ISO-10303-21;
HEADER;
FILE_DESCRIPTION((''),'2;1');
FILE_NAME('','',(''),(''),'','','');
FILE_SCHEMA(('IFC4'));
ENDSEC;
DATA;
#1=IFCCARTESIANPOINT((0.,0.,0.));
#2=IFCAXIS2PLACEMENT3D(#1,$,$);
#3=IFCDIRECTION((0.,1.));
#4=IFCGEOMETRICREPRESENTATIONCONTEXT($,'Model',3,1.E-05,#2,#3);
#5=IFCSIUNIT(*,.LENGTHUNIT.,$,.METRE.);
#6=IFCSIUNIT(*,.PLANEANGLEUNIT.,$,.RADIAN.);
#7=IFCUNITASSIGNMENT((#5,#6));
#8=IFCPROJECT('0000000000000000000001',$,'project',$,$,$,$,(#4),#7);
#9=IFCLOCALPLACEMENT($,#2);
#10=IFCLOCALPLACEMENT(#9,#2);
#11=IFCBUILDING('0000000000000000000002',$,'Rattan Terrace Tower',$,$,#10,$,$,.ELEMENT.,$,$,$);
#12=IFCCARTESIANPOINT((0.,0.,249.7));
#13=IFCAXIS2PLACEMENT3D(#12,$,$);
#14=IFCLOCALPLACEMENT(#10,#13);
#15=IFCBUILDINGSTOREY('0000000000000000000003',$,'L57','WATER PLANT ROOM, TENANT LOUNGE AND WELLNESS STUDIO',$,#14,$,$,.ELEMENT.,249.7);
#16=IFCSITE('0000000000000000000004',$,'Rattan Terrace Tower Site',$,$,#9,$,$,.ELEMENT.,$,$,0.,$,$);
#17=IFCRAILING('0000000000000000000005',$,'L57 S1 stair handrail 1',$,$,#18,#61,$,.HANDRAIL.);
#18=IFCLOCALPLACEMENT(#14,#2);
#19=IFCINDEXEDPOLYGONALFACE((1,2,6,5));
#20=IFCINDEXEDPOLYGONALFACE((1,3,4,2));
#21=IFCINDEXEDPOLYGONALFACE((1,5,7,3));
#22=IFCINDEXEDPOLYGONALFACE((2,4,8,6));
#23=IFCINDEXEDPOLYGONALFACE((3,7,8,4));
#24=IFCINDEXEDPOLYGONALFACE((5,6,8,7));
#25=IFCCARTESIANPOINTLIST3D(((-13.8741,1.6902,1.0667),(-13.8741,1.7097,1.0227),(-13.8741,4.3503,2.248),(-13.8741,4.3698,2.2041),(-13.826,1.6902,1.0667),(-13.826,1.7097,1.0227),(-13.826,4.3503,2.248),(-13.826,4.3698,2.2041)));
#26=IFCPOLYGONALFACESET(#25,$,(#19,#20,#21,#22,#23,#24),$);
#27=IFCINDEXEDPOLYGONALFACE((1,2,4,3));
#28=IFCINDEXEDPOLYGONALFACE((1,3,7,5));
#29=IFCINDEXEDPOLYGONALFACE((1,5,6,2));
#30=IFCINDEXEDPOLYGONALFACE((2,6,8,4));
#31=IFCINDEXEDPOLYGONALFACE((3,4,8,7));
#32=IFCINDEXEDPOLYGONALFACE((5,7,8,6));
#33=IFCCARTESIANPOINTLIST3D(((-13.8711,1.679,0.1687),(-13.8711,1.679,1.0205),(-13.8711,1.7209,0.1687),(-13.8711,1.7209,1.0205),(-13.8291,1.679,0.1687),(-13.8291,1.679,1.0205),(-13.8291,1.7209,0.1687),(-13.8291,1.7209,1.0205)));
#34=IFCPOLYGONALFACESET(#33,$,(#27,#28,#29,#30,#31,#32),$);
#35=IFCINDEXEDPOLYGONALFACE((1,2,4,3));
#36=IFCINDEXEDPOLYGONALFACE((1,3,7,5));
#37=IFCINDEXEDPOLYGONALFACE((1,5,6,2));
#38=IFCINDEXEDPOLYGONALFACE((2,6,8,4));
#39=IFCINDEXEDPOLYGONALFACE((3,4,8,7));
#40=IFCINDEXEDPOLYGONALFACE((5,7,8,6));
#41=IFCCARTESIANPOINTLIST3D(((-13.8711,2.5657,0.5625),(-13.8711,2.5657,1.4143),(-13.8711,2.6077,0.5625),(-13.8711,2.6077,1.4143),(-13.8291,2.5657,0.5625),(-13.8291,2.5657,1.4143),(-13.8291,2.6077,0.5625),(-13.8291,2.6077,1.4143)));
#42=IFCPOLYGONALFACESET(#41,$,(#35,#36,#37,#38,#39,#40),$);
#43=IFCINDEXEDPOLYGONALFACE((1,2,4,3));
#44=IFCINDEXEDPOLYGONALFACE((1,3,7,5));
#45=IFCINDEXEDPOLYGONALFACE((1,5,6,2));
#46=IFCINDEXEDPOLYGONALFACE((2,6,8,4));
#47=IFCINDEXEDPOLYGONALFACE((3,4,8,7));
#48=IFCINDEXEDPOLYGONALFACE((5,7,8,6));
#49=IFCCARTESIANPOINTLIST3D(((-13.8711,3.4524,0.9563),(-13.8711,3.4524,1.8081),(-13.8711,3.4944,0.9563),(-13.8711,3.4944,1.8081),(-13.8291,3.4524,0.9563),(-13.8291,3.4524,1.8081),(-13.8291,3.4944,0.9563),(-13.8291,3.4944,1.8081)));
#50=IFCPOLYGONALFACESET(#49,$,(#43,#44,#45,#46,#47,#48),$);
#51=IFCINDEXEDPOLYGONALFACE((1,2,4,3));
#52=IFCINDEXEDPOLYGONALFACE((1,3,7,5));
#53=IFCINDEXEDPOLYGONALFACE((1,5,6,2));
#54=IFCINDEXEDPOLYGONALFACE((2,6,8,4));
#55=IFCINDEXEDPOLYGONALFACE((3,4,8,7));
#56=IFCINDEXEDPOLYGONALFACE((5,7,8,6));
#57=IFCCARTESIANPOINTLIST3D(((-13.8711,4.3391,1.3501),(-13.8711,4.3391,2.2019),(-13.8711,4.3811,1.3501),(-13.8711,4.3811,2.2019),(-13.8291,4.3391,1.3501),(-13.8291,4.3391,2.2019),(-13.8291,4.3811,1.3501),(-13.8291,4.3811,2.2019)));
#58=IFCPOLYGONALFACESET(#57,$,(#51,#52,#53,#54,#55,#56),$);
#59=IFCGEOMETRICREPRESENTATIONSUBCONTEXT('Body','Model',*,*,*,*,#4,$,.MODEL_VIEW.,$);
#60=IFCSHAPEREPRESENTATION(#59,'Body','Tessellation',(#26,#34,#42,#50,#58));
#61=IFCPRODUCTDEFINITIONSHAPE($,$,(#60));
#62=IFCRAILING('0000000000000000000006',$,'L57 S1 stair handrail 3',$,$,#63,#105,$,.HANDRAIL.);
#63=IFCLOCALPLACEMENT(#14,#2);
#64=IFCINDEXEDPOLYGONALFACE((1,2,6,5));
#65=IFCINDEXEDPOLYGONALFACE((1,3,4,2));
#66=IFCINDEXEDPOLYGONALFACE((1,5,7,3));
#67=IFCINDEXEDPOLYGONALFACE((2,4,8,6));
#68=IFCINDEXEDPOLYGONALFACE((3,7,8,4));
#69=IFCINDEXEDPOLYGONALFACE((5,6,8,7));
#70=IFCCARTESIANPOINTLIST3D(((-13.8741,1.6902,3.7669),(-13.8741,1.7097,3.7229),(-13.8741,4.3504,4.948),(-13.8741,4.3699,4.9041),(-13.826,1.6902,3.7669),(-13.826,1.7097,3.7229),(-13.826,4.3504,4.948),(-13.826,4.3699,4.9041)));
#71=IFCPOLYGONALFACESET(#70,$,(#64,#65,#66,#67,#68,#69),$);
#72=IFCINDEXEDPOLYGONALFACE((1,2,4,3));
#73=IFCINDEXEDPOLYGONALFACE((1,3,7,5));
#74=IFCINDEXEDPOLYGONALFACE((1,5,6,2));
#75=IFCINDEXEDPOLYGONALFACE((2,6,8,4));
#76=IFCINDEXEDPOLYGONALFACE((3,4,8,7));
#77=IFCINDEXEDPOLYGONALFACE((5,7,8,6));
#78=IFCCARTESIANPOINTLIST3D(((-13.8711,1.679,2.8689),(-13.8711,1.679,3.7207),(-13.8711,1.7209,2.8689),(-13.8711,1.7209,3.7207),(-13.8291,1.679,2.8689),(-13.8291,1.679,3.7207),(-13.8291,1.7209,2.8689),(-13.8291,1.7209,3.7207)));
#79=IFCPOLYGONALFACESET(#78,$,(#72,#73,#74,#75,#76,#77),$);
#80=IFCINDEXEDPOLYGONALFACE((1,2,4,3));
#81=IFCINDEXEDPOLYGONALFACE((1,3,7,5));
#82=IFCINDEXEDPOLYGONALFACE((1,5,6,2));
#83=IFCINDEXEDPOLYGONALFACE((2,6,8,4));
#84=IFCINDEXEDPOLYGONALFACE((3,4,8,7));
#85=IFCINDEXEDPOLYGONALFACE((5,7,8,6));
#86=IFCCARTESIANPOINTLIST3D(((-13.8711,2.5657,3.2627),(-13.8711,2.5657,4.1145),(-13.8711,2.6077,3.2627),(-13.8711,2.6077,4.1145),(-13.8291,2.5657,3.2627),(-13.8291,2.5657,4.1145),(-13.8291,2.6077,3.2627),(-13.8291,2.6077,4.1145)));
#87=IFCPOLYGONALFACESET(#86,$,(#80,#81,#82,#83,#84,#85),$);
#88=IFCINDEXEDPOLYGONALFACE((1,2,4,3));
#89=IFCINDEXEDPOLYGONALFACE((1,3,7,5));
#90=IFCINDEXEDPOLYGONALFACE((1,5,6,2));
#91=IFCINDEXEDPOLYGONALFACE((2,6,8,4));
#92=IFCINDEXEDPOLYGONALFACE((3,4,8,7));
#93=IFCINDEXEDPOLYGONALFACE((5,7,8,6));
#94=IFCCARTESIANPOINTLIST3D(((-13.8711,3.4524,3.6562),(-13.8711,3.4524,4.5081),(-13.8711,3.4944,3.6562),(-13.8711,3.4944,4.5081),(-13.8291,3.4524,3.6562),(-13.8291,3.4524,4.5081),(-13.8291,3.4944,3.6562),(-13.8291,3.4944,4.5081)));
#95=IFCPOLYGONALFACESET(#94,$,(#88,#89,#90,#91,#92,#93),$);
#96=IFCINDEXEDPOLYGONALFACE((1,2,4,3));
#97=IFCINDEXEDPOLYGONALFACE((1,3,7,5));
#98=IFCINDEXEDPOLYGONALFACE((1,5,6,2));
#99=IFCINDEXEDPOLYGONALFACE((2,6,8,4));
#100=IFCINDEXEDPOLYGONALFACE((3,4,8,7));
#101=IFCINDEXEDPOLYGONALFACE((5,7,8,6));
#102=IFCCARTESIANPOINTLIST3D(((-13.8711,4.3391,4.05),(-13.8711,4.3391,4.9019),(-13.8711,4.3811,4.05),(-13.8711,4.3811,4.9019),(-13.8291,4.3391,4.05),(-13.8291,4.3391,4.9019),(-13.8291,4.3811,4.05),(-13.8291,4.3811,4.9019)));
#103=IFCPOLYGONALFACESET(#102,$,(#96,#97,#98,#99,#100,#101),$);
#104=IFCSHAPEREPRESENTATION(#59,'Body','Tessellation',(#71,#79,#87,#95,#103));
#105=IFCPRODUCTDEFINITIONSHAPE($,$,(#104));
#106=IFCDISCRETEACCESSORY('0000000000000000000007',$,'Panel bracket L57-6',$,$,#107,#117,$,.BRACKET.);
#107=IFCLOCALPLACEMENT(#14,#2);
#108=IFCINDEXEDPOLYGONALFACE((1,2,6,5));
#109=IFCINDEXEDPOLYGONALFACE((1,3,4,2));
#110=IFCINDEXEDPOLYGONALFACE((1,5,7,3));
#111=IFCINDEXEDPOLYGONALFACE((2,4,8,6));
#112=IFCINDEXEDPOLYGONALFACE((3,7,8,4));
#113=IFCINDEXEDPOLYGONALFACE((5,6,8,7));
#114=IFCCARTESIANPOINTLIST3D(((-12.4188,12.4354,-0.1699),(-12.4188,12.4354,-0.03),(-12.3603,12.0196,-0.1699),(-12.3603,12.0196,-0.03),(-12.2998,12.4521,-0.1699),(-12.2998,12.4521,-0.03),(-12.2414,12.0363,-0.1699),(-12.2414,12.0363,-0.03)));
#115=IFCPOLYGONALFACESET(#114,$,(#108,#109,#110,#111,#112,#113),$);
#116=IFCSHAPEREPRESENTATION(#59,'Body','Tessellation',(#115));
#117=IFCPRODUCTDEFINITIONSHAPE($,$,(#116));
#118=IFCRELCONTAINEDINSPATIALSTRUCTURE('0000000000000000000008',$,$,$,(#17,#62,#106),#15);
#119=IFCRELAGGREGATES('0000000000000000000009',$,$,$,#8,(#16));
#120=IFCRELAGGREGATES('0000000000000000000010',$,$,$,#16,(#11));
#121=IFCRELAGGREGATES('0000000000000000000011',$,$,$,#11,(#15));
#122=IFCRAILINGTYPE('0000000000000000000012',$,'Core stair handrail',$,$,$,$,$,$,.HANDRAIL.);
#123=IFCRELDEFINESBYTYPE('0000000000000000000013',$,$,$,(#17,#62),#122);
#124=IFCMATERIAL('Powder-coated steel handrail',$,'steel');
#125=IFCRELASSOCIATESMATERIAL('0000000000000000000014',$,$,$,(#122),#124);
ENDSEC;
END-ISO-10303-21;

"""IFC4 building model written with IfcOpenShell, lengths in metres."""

from ifc_helpers import new_model, si_unit, direction, frame, origin, origin_2d, place, context, subcontext, project, spatial, rectangle, extrude, material, type_object, element, save


model = new_model("IFC4")

# Units and contexts
model_context = context("Model", 3, precision=1e-05, world=origin(), true_north=direction((0.0, 1.0)))
body_context = subcontext(model_context, "Body", "Model", "MODEL_VIEW")
ifc_project = project(units=[si_unit("LENGTHUNIT", "METRE"), si_unit("PLANEANGLEUNIT", "RADIAN")], contexts=[model_context])

# Site, building, storey
site_placement = place(None, origin())
site = spatial("IfcSite", under=ifc_project, at=site_placement, Name="Rattan Terrace Tower Site", CompositionType="ELEMENT", RefElevation=0.0)
building_placement = place(site_placement, origin())
building = spatial("IfcBuilding", under=site, at=building_placement, Name="Rattan Terrace Tower", CompositionType="ELEMENT")
storey_placement = place(building_placement, frame((0.0, 0.0, 249.7)))
storey = spatial("IfcBuildingStorey", under=building, at=storey_placement, Name="L57", Description="WATER PLANT ROOM, TENANT LOUNGE AND WELLNESS STUDIO", CompositionType="ELEMENT", Elevation=249.7)

# Railings
ifc_material_1 = material(Name="Powder-coated steel handrail", Category="steel")
railing_type_1 = type_object("IfcRailingType", Name="Core stair handrail", PredefinedType="HANDRAIL", material=ifc_material_1)
railing_1_placement = place(storey_placement, frame((-13.8501, 1.7, 0.1687)))
element("IfcRailing", 1, at=railing_1_placement, inside=storey, type_object=railing_type_1, Name="L57 S1 stair handrail 1", PredefinedType="HANDRAIL", context=body_context, shape_type="SweptSolid", body=[
    extrude(rectangle(XDim=0.0481, YDim=0.0481, at=origin_2d()), frame((0.0, 0.0, 0.876), z_axis=(0.0, 0.913926, 0.405882), x_axis=(-1.0, 0.0, 0.0)), (0.0, 0.0, 1.0), 2.9106),
    extrude(rectangle(XDim=0.042, YDim=0.042, at=origin_2d()), origin(), (0.0, 0.0, 1.0), 0.8518),
    extrude(rectangle(XDim=0.042, YDim=0.042, at=origin_2d()), frame((0.0, 0.8867, 0.3938)), (0.0, 0.0, 1.0), 0.8518),
    extrude(rectangle(XDim=0.042, YDim=0.042, at=origin_2d()), frame((0.0, 1.7734, 0.7876)), (0.0, 0.0, 1.0), 0.8518),
    extrude(rectangle(XDim=0.042, YDim=0.042, at=origin_2d()), frame((0.0, 2.6602, 1.1814)), (0.0, 0.0, 1.0), 0.8518),
])
railing_2_placement = place(storey_placement, frame((-13.8501, 1.7, 2.8689)))
element("IfcRailing", 2, at=railing_2_placement, inside=storey, type_object=railing_type_1, Name="L57 S1 stair handrail 3", PredefinedType="HANDRAIL", context=body_context, shape_type="SweptSolid", body=[
    extrude(rectangle(XDim=0.0481, YDim=0.0481, at=origin_2d()), frame((0.0, 0.0, 0.876), z_axis=(0.0, 0.913957, 0.405812), x_axis=(-1.0, 0.0, 0.0)), (0.0, 0.0, 1.0), 2.9106),
    extrude(rectangle(XDim=0.042, YDim=0.042, at=origin_2d()), origin(), (0.0, 0.0, 1.0), 0.8518),
    extrude(rectangle(XDim=0.042, YDim=0.042, at=origin_2d()), frame((0.0, 0.8867, 0.3938)), (0.0, 0.0, 1.0), 0.8518),
    extrude(rectangle(XDim=0.042, YDim=0.042, at=origin_2d()), frame((0.0, 1.7734, 0.7874)), (0.0, 0.0, 1.0), 0.8518),
    extrude(rectangle(XDim=0.042, YDim=0.042, at=origin_2d()), frame((0.0, 2.6602, 1.1812)), (0.0, 0.0, 1.0), 0.8518),
])

# Discrete accessory
discrete_accessory_placement = place(storey_placement, frame((-12.3301, 12.2358, -0.1699), z_axis=(0.0, 0.0, 1.0), x_axis=(-0.990266, -0.139189, 0.0)))
element("IfcDiscreteAccessory", 3, at=discrete_accessory_placement, inside=storey, Name="Panel bracket L57-6", PredefinedType="BRACKET", context=body_context, shape_type="SweptSolid", body=[
    extrude(rectangle(XDim=0.1201, YDim=0.4199, at=origin_2d()), origin(), (0.0, 0.0, 1.0), 0.1399),
])

save(model, "model.ifc")
